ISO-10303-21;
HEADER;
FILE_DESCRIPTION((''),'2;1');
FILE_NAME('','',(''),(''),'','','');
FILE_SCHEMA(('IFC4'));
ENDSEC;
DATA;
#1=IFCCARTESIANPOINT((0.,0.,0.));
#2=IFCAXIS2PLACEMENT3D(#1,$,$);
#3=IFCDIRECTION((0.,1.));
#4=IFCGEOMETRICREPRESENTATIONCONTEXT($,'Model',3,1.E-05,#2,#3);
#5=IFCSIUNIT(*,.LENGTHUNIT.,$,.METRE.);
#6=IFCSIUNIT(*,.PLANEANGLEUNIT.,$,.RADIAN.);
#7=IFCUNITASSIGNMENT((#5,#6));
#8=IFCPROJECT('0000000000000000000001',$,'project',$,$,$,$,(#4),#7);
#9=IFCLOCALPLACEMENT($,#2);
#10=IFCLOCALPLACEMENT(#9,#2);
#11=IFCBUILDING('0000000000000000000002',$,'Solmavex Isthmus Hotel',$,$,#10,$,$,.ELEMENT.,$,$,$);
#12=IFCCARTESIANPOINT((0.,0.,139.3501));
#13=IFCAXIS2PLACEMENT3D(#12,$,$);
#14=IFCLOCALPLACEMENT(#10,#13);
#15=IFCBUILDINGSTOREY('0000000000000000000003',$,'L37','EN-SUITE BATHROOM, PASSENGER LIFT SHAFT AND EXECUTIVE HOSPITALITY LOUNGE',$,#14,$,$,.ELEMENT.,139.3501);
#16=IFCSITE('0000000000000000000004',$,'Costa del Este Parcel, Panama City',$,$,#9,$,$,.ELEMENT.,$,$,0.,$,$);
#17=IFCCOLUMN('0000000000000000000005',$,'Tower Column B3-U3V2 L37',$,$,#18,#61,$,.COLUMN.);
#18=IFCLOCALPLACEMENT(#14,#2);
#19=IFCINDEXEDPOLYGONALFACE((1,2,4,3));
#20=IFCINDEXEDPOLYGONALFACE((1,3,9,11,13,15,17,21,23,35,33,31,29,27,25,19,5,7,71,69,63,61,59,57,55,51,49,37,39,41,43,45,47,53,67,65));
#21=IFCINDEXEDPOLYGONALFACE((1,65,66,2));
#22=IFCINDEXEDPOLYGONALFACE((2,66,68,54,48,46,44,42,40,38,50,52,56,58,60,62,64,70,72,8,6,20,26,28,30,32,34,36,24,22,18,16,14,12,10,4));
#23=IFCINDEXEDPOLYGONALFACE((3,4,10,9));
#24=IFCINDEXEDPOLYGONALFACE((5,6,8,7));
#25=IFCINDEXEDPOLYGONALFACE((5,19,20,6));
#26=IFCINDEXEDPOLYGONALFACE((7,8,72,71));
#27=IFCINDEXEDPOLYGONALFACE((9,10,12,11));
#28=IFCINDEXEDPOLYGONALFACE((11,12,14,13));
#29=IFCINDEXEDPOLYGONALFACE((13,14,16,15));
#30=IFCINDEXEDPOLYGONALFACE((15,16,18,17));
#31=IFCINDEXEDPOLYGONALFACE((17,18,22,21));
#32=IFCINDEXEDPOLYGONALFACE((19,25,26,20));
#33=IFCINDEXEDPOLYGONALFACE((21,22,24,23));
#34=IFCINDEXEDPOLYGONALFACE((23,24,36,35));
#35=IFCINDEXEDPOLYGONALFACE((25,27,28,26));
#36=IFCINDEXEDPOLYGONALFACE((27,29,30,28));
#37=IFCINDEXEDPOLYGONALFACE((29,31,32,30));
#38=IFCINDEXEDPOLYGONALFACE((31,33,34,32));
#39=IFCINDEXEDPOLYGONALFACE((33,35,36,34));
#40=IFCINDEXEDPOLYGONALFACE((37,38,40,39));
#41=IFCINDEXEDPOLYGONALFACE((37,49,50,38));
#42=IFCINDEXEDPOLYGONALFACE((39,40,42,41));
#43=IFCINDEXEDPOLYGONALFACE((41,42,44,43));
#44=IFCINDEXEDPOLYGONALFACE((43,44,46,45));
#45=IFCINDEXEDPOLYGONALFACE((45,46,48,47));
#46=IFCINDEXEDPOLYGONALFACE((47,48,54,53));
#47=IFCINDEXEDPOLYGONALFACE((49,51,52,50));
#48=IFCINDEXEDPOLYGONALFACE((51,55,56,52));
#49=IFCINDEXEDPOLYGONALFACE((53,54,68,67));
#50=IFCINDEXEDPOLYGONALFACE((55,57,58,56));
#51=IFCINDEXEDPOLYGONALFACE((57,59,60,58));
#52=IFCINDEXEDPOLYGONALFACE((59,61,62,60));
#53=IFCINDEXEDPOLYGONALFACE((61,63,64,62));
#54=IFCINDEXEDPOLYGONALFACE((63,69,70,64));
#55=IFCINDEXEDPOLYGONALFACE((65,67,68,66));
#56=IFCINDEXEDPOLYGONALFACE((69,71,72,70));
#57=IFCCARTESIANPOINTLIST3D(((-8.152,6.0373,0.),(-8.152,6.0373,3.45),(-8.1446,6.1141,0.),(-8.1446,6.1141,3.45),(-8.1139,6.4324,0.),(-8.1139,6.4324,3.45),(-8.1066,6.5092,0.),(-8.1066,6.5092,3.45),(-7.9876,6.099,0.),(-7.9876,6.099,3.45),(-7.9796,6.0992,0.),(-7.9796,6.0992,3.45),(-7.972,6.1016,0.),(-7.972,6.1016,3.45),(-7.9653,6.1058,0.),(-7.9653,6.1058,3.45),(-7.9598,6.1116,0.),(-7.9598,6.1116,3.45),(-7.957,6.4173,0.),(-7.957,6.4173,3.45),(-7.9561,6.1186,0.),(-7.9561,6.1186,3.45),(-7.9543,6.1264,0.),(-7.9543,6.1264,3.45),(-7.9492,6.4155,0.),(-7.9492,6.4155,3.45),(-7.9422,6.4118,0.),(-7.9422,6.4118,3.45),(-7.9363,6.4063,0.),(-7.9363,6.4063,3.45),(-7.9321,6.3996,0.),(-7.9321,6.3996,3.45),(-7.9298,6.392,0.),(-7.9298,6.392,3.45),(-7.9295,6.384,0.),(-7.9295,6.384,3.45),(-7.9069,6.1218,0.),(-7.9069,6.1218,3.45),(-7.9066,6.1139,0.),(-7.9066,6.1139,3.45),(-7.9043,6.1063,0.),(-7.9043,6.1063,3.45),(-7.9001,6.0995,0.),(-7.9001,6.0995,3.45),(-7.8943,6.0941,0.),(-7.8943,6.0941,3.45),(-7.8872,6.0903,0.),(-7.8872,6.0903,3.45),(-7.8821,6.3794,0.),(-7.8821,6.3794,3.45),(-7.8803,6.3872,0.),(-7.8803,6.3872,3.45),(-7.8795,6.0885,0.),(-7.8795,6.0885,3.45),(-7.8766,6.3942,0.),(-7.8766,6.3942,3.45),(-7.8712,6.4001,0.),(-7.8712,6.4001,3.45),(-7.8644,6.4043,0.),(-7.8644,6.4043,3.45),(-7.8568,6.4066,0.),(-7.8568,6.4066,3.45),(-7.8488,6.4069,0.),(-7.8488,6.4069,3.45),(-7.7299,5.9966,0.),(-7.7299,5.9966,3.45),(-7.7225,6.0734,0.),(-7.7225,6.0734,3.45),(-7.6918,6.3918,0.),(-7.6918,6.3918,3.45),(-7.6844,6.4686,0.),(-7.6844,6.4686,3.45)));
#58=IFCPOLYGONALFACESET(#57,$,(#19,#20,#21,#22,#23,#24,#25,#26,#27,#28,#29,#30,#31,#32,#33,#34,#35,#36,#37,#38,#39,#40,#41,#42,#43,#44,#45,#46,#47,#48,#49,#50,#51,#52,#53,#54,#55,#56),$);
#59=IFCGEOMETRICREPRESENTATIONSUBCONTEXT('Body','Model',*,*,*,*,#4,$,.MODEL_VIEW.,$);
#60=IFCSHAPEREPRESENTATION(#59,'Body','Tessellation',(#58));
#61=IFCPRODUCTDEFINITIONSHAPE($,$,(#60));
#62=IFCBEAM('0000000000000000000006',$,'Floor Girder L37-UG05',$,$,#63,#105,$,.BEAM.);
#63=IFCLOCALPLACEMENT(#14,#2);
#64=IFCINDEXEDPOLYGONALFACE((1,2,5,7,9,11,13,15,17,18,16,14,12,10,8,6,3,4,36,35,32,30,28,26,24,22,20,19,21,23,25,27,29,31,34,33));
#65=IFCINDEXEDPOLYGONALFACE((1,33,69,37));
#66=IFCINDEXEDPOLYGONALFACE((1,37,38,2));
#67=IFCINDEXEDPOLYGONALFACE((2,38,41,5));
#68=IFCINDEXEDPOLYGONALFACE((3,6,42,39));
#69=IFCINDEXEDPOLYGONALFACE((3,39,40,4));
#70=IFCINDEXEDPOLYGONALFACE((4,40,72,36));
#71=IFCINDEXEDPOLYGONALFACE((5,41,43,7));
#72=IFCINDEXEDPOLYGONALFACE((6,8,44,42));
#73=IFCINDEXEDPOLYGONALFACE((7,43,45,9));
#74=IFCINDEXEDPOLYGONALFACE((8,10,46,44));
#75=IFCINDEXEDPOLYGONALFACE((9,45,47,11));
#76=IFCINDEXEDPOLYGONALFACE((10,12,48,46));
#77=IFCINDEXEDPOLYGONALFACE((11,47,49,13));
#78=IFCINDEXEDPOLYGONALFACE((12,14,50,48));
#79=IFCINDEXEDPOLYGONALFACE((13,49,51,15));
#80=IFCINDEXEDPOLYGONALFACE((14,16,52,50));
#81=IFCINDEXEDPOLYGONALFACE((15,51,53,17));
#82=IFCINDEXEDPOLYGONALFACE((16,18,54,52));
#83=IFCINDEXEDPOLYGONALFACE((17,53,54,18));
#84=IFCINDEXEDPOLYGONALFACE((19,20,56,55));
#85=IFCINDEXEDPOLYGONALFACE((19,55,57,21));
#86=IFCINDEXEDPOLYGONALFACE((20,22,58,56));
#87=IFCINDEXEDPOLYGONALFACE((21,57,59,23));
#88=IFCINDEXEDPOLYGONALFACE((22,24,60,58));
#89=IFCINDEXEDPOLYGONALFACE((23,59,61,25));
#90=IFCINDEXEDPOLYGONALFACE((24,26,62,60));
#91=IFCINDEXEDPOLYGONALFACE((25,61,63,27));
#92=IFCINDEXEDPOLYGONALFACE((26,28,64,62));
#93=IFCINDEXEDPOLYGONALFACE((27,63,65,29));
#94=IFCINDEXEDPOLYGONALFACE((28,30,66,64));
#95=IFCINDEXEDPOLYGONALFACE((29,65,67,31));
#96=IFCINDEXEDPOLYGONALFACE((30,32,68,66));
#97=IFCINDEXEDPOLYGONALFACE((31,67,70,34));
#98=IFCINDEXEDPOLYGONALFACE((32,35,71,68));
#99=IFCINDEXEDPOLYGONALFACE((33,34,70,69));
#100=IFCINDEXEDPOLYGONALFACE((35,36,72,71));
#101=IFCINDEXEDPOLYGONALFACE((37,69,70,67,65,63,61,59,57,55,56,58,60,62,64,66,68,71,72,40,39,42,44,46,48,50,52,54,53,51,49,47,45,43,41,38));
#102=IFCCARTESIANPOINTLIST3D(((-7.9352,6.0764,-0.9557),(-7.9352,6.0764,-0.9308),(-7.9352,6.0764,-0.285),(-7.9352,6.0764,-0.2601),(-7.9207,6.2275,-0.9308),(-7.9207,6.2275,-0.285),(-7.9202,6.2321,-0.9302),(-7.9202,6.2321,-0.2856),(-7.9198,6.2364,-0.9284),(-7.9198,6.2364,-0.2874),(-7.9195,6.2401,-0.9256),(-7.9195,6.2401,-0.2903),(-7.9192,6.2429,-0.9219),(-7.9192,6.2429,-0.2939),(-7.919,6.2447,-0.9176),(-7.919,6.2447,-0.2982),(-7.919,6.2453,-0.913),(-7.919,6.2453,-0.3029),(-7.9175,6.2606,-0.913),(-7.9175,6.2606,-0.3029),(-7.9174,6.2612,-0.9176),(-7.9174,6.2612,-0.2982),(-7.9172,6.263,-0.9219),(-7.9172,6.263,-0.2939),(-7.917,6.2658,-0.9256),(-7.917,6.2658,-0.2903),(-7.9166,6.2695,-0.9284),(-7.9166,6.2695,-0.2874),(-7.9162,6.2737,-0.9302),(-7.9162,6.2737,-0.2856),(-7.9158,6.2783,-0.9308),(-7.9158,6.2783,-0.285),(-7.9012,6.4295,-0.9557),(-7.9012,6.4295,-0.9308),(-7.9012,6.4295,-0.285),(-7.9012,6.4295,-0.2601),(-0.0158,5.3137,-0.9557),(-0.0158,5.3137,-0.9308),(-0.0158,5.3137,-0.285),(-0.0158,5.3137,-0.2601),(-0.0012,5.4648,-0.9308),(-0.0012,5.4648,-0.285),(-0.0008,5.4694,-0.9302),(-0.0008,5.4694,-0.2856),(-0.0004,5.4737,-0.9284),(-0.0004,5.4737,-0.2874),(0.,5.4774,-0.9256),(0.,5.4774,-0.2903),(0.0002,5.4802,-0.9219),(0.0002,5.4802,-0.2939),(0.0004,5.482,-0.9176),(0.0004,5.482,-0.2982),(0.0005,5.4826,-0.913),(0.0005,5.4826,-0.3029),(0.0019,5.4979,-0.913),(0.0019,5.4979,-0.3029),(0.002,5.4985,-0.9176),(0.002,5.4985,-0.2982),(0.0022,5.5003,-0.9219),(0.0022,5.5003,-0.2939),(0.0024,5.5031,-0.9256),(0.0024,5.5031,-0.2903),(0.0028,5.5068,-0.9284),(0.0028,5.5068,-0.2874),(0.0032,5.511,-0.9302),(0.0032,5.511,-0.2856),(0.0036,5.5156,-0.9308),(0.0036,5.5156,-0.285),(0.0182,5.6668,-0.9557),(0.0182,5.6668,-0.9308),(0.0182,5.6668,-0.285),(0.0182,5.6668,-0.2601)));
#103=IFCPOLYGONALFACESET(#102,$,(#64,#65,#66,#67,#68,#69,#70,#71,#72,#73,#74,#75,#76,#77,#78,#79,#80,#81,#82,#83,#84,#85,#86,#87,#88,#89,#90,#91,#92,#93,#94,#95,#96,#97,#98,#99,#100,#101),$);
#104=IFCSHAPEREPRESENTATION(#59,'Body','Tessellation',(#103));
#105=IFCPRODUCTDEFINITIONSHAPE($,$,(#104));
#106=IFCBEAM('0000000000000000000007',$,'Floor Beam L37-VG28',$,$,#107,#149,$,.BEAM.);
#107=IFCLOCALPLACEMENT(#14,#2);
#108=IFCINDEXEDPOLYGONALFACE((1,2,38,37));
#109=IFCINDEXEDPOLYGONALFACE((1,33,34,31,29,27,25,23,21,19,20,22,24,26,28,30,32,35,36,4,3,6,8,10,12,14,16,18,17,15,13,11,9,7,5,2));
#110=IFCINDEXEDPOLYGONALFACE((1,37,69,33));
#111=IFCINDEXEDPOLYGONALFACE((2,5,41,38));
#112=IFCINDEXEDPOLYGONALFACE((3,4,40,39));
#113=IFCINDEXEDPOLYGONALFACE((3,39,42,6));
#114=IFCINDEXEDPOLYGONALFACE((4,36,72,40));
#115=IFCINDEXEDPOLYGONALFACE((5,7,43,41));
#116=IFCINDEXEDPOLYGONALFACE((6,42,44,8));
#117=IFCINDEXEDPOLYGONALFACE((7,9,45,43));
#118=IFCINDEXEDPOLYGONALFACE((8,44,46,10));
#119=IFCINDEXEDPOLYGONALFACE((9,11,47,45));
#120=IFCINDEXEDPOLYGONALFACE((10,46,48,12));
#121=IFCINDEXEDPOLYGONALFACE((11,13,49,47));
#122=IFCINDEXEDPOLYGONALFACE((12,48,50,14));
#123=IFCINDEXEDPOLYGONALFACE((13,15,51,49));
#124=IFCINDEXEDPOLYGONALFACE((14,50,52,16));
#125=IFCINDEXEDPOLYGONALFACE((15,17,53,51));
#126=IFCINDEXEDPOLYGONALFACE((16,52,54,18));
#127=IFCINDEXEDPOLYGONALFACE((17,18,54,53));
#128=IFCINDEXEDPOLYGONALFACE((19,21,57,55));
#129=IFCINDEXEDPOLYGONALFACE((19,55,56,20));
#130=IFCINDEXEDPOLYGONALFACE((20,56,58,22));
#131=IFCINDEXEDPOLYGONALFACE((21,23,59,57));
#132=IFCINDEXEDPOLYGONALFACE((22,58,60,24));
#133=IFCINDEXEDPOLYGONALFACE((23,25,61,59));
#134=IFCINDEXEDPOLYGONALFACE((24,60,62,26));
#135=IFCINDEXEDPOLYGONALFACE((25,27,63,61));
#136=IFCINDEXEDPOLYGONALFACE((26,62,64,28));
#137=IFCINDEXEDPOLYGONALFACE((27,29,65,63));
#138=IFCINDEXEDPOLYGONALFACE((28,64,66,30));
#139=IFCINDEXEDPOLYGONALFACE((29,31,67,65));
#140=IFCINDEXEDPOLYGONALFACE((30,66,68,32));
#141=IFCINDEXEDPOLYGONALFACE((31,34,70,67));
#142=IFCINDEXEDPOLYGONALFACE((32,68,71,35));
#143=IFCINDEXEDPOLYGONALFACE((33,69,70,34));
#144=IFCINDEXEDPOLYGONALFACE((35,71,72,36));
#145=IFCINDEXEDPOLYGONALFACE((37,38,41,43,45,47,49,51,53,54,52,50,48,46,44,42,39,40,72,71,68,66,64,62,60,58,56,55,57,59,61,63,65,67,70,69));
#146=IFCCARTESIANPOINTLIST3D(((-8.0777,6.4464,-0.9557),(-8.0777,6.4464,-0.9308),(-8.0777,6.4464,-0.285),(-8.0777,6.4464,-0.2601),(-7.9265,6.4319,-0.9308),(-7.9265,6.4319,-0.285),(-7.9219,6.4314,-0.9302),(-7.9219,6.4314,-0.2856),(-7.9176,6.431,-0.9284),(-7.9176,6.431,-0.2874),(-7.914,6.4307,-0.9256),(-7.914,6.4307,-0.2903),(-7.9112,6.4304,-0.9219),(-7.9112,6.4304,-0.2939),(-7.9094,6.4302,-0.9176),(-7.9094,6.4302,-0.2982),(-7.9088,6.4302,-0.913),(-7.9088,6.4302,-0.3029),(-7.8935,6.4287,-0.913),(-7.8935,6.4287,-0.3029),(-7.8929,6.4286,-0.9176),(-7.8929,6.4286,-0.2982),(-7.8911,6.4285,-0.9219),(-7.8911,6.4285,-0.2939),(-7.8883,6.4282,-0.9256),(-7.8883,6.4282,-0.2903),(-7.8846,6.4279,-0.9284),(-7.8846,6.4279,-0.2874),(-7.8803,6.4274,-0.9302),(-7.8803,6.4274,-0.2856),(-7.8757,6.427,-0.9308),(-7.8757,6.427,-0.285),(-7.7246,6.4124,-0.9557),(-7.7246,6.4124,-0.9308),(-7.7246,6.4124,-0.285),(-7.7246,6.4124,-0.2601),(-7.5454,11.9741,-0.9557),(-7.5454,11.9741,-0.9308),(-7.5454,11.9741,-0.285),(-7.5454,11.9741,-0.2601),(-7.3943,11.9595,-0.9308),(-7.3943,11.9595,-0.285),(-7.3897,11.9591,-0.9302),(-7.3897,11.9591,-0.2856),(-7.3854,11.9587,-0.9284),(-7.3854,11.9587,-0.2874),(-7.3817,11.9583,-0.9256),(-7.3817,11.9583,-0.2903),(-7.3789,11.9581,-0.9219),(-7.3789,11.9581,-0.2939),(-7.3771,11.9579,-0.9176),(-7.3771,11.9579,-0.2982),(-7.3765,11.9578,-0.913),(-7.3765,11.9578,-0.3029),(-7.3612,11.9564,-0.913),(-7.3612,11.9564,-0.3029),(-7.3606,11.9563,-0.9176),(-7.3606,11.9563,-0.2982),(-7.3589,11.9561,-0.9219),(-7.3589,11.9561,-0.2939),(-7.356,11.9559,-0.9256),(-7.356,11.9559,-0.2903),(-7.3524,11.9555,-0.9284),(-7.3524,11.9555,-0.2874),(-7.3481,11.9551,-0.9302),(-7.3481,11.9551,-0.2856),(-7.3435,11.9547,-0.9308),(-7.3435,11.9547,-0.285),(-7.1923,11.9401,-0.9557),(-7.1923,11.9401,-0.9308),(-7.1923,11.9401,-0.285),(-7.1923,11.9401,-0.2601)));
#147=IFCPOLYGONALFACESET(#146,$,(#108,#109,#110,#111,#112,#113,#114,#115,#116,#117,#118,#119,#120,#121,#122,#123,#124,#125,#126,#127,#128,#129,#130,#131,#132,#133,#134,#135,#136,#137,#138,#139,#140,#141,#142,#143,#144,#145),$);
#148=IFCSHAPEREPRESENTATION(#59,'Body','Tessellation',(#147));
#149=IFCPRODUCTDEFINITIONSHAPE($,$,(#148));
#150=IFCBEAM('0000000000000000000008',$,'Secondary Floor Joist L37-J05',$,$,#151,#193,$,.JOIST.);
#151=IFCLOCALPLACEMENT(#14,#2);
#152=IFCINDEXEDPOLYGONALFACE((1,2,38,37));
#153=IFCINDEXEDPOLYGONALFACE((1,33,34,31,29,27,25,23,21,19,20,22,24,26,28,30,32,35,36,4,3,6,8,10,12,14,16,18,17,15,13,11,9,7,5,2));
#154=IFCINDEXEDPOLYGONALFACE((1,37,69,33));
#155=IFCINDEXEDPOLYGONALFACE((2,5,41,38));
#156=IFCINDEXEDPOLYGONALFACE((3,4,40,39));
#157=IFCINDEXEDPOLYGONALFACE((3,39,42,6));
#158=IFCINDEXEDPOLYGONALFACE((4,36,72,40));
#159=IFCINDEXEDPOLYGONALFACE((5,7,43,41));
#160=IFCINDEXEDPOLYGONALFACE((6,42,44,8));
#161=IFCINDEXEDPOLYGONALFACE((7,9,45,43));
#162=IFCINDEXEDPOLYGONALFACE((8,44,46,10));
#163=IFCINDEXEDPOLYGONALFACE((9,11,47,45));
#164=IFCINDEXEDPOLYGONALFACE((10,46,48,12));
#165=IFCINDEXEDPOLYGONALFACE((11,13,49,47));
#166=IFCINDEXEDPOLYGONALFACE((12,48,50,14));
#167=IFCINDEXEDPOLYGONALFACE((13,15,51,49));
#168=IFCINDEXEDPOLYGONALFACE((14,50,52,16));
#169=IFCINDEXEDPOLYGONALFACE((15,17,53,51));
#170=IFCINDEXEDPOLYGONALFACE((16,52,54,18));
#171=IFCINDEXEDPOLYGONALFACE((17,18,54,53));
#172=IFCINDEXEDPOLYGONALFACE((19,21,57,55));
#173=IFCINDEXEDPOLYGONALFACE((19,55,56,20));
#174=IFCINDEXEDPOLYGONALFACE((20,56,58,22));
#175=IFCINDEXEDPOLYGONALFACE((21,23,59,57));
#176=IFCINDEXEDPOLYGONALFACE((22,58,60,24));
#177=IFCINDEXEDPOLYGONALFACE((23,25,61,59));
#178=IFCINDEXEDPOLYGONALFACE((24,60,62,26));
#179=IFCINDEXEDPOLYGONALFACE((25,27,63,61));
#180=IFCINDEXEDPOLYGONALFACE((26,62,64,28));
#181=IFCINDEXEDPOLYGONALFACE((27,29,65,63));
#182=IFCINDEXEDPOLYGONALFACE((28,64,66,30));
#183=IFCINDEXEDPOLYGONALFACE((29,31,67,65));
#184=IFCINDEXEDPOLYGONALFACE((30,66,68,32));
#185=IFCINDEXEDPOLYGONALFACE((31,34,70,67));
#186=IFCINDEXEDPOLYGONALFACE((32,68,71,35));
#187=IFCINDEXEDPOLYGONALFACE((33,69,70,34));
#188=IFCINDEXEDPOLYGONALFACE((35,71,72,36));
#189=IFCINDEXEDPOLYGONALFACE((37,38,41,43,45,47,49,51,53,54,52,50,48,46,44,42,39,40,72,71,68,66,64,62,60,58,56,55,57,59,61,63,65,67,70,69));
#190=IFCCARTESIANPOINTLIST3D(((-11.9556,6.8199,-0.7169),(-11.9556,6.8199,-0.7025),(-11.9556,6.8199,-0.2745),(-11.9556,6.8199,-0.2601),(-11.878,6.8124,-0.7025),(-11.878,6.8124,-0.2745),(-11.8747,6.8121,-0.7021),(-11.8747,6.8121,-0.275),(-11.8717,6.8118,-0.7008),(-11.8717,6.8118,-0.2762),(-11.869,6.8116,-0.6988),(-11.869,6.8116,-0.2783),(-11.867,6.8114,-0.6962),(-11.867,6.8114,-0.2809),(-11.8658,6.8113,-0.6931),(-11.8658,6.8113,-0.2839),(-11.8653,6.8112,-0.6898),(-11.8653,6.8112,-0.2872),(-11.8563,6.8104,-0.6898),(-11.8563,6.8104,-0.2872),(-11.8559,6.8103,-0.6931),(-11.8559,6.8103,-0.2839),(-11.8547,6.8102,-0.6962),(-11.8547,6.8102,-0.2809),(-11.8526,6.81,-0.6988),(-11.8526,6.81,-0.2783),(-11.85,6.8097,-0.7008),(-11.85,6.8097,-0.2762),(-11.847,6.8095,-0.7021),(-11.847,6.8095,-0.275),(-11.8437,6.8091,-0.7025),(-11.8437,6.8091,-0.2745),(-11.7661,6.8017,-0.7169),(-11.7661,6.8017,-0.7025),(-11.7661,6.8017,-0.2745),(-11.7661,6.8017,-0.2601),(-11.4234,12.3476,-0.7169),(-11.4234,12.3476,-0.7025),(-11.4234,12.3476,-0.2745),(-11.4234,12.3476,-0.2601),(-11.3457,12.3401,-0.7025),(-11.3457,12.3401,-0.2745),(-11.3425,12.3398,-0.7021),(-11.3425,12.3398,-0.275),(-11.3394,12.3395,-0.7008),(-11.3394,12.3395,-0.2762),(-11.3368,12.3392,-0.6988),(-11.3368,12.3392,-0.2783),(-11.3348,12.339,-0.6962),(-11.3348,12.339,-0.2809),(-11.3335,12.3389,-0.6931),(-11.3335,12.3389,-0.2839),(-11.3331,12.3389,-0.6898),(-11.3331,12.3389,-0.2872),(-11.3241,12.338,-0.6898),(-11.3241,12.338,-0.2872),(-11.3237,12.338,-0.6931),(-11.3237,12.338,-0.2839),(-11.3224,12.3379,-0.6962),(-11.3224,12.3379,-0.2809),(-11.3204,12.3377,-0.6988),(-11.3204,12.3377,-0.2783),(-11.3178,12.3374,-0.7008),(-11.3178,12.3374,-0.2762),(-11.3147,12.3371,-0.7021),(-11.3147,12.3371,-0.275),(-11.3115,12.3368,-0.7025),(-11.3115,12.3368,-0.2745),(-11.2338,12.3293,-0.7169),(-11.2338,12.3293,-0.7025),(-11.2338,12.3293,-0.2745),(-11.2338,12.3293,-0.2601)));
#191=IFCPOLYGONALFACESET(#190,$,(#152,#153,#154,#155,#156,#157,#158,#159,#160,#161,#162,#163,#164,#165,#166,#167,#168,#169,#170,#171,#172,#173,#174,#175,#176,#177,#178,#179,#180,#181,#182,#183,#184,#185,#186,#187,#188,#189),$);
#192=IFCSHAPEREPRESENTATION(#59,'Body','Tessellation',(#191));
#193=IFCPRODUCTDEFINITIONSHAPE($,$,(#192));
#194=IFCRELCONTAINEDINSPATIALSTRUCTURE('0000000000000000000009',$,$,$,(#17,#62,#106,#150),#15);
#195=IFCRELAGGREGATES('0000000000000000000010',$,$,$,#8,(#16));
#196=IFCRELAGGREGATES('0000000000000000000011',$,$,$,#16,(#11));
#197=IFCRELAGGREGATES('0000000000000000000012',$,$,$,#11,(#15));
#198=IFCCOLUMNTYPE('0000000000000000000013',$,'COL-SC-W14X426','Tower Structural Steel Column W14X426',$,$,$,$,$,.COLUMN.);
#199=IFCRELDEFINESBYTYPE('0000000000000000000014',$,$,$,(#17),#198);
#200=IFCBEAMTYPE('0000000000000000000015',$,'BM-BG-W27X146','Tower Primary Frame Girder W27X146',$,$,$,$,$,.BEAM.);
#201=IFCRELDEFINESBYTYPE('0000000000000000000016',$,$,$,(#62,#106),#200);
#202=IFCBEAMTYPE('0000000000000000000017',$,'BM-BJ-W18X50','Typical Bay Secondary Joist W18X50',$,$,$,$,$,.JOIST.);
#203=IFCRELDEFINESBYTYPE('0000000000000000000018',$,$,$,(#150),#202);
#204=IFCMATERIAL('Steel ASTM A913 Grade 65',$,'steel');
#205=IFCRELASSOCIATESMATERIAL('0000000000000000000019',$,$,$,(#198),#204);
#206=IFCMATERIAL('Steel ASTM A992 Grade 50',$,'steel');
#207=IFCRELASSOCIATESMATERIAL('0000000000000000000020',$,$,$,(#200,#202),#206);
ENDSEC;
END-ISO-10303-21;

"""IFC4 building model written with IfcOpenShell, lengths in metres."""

from ifc_helpers import new_model, si_unit, direction, frame, origin, origin_2d, place, context, subcontext, project, spatial, i_section, extrude, material, material_profile, profile_set, type_object, element, save


model = new_model("IFC4")

# Units and contexts
model_context = context("Model", 3, precision=1e-05, world=origin(), true_north=direction((0.0, 1.0)))
body_context = subcontext(model_context, "Body", "Model", "MODEL_VIEW")
ifc_project = project(units=[si_unit("LENGTHUNIT", "METRE"), si_unit("PLANEANGLEUNIT", "RADIAN")], contexts=[model_context])

# Site, building, storey
site_placement = place(None, origin())
site = spatial("IfcSite", under=ifc_project, at=site_placement, Name="Costa del Este Parcel, Panama City", CompositionType="ELEMENT", RefElevation=0.0)
building_placement = place(site_placement, origin())
building = spatial("IfcBuilding", under=site, at=building_placement, Name="Solmavex Isthmus Hotel", CompositionType="ELEMENT")
storey_placement = place(building_placement, frame((0.0, 0.0, 139.3501)))
storey = spatial("IfcBuildingStorey", under=building, at=storey_placement, Name="L37", Description="EN-SUITE BATHROOM, PASSENGER LIFT SHAFT AND EXECUTIVE HOSPITALITY LOUNGE", CompositionType="ELEMENT", Elevation=139.3501)

# Column
ifc_material_1 = material(Name="Steel ASTM A913 Grade 65", Category="steel")
ifc_material_profile_1 = material_profile(ifc_material_1, i_section(OverallWidth=0.4241, OverallDepth=0.4741, WebThickness=0.0476, FlangeThickness=0.0771, FilletRadius=0.0305, at=origin_2d()), Name="W14X426")
ifc_profile_set_1 = profile_set([ifc_material_profile_1], Name="Steel ASTM A913 Grade 65")
column_type = type_object("IfcColumnType", Name="COL-SC-W14X426", Description="Tower Structural Steel Column W14X426", PredefinedType="COLUMN", material=ifc_profile_set_1)
column_placement = place(storey_placement, frame((-7.9182, 6.2529, 0.0), z_axis=(0.0, 0.0, 1.0), x_axis=(0.995396, -0.095846, 0.0)))
element("IfcColumn", 1, at=column_placement, inside=storey, type_object=column_type, Name="Tower Column B3-U3V2 L37", PredefinedType="COLUMN", context=body_context, shape_type="SweptSolid", body=[
    extrude(i_section(OverallWidth=0.4241, OverallDepth=0.4741, WebThickness=0.0476, FlangeThickness=0.0771, FilletRadius=0.0305, at=origin_2d()), origin(), (0.0, 0.0, 1.0), 3.45),
])

# Beams
ifc_material_2 = material(Name="Steel ASTM A992 Grade 50", Category="steel")
ifc_material_profile_2 = material_profile(ifc_material_2, i_section(OverallWidth=0.3547, OverallDepth=0.6956, WebThickness=0.0154, FlangeThickness=0.0249, FilletRadius=0.0178, at=origin_2d()), Name="W27X146")
ifc_profile_set_2 = profile_set([ifc_material_profile_2], Name="Steel ASTM A992 Grade 50")
beam_type_1 = type_object("IfcBeamType", Name="BM-BG-W27X146", Description="Tower Primary Frame Girder W27X146", PredefinedType="BEAM", material=ifc_profile_set_2)
beam_1_placement = place(storey_placement, frame((-7.9182, 6.2529, -0.6079), z_axis=(0.995395, -0.095863, 0.0), x_axis=(0.095863, 0.995395, 0.0)))
element("IfcBeam", 2, at=beam_1_placement, inside=storey, type_object=beam_type_1, Name="Floor Girder L37-UG05", PredefinedType="BEAM", context=body_context, shape_type="SweptSolid", body=[
    extrude(i_section(OverallWidth=0.3547, OverallDepth=0.6956, WebThickness=0.0154, FlangeThickness=0.0249, FilletRadius=0.0178, at=origin_2d()), origin(), (0.0, 0.0, 1.0), 7.9561),
])
beam_2_placement = place(storey_placement, frame((-7.9011, 6.4294, -0.6079), z_axis=(0.095842, 0.995397, 0.0), x_axis=(-0.995397, 0.095842, 0.0)))
element("IfcBeam", 3, at=beam_2_placement, inside=storey, type_object=beam_type_1, Name="Floor Beam L37-VG28", PredefinedType="BEAM", context=body_context, shape_type="SweptSolid", body=[
    extrude(i_section(OverallWidth=0.3547, OverallDepth=0.6956, WebThickness=0.0154, FlangeThickness=0.0249, FilletRadius=0.0178, at=origin_2d()), origin(), (0.0, 0.0, 1.0), 5.5532),
])
ifc_material_profile_3 = material_profile(ifc_material_2, i_section(OverallWidth=0.1904, OverallDepth=0.4568, WebThickness=0.009, FlangeThickness=0.0144, FilletRadius=0.0127, at=origin_2d()), Name="W18X50")
ifc_profile_set_3 = profile_set([ifc_material_profile_3], Name="Steel ASTM A992 Grade 50")
beam_type_2 = type_object("IfcBeamType", Name="BM-BJ-W18X50", Description="Typical Bay Secondary Joist W18X50", PredefinedType="JOIST", material=ifc_profile_set_3)
beam_3_placement = place(storey_placement, frame((-11.8608, 6.8108, -0.4885), z_axis=(0.095842, 0.995397, 0.0), x_axis=(-0.995397, 0.095842, 0.0)))
element("IfcBeam", 4, at=beam_3_placement, inside=storey, type_object=beam_type_2, Name="Secondary Floor Joist L37-J05", PredefinedType="JOIST", context=body_context, shape_type="SweptSolid", body=[
    extrude(i_section(OverallWidth=0.1904, OverallDepth=0.4568, WebThickness=0.009, FlangeThickness=0.0144, FilletRadius=0.0127, at=origin_2d()), origin(), (0.0, 0.0, 1.0), 5.5532),
])

save(model, "model.ifc")
